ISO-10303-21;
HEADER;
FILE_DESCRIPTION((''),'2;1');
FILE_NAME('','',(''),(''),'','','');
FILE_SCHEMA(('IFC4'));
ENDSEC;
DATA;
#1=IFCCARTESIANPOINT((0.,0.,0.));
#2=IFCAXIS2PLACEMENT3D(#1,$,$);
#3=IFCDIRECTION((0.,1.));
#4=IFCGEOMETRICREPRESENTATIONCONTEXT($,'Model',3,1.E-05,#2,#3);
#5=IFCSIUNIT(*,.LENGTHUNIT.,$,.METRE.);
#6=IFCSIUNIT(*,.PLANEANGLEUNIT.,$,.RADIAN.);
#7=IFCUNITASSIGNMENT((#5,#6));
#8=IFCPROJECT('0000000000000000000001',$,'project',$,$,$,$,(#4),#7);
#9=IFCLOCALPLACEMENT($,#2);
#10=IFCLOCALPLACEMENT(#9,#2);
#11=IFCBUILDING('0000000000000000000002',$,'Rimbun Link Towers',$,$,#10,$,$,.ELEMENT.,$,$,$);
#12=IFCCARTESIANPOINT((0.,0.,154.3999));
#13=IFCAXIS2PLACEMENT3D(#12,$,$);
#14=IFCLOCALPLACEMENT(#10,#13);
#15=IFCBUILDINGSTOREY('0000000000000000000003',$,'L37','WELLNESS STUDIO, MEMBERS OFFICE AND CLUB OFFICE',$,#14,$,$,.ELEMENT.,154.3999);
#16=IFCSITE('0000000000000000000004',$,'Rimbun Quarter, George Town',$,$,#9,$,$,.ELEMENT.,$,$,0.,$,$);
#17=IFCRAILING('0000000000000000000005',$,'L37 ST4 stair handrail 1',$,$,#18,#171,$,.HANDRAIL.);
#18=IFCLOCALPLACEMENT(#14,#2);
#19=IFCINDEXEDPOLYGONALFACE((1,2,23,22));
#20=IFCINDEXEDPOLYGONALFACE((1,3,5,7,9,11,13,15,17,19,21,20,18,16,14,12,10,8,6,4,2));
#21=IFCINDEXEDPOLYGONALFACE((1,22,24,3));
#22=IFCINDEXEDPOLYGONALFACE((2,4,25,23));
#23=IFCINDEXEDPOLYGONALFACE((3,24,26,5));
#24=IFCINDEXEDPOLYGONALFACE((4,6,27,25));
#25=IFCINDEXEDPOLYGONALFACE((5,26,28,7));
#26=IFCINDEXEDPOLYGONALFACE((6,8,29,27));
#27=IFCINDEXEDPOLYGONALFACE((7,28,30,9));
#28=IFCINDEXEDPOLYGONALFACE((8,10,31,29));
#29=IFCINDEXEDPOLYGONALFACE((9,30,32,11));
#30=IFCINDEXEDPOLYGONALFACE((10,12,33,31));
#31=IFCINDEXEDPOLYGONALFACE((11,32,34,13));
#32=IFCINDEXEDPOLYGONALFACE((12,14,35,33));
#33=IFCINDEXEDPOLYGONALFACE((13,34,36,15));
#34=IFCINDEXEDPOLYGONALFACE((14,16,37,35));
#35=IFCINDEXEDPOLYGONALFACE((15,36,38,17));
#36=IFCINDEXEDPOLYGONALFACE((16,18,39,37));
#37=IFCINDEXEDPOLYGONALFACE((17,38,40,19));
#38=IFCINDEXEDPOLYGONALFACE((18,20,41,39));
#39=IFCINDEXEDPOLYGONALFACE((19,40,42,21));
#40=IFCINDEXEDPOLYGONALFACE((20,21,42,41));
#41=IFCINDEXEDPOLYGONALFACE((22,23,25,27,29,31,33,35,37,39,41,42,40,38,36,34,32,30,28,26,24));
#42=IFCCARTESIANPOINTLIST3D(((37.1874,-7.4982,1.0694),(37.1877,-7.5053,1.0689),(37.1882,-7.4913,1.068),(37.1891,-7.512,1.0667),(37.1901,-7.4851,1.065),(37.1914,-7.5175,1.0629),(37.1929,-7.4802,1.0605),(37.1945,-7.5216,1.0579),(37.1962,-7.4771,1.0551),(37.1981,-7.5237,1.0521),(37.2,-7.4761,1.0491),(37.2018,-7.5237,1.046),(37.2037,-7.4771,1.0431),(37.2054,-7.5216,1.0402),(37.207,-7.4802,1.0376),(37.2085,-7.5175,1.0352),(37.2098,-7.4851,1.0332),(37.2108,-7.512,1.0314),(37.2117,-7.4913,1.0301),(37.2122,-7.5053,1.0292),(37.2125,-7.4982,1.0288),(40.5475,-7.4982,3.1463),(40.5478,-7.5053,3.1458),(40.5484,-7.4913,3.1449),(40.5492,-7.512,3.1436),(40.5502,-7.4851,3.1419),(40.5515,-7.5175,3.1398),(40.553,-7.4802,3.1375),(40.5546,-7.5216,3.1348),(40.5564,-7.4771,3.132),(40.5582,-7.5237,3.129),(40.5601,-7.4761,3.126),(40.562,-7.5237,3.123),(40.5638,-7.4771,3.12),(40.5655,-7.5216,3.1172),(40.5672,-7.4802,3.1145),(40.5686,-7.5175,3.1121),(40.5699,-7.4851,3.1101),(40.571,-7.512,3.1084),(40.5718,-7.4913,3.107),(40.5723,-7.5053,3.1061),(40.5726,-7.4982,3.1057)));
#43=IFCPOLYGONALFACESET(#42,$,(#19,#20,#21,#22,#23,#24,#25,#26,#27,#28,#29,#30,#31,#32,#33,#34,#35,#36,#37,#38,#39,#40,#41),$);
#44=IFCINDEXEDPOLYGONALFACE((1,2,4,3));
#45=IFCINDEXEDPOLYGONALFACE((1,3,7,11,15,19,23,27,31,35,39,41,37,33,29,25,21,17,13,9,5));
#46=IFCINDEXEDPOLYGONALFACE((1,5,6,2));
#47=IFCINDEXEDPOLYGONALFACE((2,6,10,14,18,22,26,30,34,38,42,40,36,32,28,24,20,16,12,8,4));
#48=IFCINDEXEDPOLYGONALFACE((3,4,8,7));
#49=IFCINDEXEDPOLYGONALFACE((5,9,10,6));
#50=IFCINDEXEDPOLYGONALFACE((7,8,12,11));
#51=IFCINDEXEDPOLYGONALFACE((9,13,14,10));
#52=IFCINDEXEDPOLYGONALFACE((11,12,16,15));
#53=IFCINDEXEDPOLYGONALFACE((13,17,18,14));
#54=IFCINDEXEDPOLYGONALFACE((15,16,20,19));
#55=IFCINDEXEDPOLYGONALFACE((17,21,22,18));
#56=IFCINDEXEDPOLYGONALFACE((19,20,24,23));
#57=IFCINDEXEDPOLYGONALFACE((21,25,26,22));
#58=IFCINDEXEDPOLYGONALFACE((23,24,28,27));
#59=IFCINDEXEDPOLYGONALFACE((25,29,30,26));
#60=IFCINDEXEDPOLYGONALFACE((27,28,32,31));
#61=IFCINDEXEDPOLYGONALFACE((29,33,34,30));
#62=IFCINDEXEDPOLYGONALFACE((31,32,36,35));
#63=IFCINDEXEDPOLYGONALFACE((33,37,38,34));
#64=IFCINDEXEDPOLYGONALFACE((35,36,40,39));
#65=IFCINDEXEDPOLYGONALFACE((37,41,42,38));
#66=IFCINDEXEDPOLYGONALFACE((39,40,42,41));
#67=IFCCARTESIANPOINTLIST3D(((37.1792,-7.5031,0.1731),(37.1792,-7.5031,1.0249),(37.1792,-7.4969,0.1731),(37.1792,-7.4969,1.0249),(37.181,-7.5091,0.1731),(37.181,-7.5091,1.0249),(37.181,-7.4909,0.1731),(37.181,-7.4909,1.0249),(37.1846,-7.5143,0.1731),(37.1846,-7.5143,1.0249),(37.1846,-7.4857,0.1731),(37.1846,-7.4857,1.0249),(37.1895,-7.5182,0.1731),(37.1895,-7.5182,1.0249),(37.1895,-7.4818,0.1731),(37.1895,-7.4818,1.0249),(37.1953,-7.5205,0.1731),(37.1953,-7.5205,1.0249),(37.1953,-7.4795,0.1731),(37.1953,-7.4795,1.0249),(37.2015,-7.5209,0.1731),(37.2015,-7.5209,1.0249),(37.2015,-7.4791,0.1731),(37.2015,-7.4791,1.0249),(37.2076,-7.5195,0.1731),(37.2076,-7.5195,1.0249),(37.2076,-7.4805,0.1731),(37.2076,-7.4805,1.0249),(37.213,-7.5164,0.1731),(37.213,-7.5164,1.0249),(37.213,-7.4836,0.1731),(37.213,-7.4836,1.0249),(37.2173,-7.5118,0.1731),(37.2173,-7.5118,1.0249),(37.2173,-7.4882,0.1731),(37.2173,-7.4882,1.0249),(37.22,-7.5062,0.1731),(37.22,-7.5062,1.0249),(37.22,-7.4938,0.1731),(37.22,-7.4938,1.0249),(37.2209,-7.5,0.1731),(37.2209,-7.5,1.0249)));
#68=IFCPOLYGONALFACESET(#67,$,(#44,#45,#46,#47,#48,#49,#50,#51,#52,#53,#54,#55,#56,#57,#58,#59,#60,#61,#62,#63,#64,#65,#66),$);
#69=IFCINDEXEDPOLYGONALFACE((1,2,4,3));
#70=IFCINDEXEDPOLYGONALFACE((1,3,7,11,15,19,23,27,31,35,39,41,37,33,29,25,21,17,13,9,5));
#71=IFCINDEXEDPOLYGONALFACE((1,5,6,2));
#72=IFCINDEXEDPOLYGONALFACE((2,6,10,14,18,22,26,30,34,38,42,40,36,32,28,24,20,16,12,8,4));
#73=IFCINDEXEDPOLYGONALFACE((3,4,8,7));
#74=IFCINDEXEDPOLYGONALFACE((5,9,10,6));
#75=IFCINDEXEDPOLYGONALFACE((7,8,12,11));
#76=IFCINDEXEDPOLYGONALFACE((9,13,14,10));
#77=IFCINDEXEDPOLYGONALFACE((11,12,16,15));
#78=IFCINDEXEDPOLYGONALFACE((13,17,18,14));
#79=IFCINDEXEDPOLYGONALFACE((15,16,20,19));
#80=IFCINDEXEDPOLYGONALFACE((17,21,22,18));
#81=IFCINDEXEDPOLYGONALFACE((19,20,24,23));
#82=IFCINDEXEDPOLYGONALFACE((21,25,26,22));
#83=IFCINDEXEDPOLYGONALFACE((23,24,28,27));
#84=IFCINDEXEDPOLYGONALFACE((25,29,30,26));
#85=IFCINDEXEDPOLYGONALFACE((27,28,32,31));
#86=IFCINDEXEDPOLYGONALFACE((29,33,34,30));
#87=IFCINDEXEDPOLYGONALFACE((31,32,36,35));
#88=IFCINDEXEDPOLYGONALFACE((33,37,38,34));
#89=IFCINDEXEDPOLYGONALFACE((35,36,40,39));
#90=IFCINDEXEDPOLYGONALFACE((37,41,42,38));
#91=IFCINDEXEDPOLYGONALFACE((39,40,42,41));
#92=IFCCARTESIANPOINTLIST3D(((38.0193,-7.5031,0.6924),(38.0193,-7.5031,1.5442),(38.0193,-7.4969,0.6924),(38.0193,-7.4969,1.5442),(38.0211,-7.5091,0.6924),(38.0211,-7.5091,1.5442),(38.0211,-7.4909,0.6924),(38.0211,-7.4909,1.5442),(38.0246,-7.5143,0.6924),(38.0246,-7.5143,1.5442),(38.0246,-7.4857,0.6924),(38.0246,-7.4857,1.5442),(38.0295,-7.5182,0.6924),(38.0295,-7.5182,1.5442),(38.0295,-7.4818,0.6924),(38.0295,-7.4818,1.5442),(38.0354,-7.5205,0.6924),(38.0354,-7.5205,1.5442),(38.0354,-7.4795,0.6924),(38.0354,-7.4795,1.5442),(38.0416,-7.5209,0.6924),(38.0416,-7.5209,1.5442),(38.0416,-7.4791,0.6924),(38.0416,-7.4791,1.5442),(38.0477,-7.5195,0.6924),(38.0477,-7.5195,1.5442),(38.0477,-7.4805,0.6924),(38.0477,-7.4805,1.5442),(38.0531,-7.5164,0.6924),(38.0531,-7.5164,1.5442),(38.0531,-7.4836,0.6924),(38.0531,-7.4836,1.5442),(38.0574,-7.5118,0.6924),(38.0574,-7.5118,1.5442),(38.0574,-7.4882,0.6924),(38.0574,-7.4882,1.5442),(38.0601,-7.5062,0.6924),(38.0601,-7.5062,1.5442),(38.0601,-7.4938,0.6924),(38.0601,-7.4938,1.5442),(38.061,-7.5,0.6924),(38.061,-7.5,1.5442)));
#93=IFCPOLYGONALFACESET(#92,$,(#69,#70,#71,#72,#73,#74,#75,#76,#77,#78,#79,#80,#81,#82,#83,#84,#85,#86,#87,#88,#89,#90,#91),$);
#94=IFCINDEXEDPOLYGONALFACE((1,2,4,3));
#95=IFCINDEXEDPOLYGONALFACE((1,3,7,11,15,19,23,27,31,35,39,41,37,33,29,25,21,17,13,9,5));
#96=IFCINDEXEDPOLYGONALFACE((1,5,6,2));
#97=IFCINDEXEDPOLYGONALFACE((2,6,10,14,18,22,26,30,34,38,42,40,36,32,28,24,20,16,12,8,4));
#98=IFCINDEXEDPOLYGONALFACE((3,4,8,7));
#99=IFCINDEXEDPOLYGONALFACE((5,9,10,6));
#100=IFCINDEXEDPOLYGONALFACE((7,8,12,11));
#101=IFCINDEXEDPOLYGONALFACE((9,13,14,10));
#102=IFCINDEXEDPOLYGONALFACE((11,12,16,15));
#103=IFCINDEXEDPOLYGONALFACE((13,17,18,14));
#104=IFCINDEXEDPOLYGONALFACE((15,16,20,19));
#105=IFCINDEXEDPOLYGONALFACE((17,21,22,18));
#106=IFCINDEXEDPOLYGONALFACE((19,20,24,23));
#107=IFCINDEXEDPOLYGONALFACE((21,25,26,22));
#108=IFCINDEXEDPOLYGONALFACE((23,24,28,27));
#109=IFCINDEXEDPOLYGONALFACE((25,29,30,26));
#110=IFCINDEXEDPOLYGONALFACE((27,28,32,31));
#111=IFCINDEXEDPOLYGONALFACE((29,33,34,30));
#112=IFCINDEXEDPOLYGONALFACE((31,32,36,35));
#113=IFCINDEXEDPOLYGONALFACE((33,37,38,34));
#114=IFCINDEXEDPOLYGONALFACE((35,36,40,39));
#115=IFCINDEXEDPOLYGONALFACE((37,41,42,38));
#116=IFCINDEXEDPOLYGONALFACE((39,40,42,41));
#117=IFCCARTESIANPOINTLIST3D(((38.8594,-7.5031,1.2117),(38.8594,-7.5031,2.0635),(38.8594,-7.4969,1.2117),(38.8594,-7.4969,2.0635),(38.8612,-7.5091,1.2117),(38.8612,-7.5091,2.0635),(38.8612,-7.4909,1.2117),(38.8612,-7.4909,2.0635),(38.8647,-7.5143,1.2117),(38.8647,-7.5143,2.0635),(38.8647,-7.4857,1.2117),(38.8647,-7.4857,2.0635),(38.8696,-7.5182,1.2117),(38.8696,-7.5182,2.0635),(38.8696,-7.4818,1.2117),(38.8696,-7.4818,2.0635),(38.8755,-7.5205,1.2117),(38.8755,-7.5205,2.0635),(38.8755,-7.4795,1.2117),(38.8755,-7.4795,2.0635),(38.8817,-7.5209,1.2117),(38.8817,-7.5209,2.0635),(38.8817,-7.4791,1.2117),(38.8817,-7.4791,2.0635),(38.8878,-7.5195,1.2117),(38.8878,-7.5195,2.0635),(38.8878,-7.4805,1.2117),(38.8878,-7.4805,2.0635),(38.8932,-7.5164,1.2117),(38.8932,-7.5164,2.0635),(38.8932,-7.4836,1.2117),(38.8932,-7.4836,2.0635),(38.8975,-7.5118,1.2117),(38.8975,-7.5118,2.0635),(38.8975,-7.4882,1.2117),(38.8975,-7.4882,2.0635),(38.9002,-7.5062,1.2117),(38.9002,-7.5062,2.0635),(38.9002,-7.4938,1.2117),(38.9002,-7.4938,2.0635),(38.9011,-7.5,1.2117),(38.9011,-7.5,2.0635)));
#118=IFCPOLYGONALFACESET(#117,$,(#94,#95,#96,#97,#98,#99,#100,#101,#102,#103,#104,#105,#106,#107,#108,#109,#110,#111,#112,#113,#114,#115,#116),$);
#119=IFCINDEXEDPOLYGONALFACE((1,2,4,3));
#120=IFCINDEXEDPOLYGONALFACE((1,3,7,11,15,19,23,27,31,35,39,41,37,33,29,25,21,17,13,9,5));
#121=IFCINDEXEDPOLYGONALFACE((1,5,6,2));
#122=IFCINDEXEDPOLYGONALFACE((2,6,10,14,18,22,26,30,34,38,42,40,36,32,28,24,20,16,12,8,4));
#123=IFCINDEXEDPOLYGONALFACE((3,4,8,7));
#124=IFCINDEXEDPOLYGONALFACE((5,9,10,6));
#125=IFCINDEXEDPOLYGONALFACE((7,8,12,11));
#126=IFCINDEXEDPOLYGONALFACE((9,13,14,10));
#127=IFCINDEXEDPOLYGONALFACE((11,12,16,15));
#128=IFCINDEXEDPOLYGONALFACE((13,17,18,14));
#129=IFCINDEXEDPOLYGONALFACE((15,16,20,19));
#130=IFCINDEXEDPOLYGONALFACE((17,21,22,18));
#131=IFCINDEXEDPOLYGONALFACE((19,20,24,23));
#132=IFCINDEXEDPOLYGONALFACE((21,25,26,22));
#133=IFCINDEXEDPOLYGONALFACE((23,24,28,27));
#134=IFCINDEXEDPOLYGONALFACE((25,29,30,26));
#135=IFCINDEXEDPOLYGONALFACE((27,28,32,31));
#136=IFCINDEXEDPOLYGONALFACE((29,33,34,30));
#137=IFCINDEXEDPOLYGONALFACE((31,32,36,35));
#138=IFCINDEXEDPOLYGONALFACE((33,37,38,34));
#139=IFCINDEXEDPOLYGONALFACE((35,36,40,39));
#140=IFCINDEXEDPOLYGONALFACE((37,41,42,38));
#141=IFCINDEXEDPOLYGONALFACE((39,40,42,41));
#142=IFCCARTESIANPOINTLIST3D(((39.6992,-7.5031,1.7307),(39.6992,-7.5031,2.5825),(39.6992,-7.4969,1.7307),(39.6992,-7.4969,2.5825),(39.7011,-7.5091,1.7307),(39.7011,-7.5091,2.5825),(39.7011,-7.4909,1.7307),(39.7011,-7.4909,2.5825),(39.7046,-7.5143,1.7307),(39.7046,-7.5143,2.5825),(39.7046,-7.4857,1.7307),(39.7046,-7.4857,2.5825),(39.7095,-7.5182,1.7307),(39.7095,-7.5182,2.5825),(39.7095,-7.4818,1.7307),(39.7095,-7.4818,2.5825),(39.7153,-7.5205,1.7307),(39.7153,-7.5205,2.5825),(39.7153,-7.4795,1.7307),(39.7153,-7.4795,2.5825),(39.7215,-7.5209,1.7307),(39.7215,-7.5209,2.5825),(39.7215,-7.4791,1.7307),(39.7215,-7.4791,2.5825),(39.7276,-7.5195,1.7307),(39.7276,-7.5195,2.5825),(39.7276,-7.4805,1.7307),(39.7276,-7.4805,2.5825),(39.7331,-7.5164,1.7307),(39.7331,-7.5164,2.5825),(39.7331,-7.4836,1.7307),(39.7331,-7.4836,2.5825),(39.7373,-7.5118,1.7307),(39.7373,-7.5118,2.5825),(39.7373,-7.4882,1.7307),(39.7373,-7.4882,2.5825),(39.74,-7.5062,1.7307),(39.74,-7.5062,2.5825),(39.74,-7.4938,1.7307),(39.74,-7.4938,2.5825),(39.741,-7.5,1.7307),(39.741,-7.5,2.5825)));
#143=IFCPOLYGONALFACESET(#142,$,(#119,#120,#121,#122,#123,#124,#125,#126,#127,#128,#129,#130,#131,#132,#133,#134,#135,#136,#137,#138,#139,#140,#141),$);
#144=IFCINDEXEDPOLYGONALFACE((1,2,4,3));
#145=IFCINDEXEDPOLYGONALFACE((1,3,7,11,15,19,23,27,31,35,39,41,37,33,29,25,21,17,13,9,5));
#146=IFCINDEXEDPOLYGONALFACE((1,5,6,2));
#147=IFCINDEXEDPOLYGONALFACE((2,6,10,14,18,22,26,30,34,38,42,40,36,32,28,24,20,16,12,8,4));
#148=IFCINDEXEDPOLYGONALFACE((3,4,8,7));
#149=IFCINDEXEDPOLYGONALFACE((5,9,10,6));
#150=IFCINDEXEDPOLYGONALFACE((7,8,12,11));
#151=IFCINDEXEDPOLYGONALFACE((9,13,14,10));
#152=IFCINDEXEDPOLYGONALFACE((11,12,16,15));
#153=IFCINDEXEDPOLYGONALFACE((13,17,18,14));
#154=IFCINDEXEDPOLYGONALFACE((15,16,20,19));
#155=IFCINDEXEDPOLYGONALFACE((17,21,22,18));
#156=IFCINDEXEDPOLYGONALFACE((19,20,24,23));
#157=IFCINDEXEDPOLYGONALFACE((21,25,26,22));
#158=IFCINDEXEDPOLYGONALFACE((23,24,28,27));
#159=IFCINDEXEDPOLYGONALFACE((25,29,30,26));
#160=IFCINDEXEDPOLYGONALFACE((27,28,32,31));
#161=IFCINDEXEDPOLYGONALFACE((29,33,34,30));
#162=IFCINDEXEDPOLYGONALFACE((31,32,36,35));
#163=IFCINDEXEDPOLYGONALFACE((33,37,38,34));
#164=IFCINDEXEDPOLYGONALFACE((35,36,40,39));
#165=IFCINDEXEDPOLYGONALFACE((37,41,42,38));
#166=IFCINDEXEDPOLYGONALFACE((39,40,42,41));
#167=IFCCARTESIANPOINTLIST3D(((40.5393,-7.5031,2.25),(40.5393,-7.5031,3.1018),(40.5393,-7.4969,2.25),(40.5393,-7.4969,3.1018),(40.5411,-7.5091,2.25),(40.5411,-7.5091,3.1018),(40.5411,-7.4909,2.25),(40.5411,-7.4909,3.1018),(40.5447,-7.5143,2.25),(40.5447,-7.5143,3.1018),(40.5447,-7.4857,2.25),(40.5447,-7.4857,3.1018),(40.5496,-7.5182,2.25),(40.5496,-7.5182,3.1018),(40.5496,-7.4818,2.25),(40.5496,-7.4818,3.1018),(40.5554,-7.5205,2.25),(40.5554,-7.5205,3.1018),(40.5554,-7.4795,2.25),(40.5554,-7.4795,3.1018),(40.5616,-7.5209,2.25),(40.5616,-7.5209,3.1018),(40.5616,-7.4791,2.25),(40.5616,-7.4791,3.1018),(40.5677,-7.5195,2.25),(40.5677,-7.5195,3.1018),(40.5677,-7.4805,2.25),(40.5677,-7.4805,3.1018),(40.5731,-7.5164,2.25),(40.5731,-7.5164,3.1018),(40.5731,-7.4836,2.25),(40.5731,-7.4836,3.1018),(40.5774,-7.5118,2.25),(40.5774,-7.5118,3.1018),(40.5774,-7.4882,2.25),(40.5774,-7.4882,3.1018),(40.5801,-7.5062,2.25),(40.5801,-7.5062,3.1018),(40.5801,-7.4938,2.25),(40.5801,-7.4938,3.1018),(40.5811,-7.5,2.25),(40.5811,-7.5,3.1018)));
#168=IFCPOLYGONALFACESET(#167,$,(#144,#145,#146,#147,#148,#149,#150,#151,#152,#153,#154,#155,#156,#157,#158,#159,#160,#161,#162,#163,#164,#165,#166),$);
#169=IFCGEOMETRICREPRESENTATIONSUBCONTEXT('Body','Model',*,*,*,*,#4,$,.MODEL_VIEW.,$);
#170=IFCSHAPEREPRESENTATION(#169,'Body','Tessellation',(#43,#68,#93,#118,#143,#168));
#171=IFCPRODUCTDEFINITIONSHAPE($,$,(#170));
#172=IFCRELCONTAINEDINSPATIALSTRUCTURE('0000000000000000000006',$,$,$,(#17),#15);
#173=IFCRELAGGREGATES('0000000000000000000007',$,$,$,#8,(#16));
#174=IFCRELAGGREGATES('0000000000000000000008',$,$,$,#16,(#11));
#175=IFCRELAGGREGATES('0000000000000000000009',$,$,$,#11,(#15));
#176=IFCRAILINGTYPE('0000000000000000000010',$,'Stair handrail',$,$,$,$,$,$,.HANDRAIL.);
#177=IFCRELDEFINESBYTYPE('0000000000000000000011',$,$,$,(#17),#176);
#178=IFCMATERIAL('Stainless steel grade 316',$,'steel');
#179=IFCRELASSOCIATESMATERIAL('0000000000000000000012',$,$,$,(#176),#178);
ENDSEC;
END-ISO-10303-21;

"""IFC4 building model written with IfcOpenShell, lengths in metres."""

from ifc_helpers import new_model, si_unit, direction, frame, origin, origin_2d, place, context, subcontext, project, spatial, circle, extrude, material, type_object, element, save


model = new_model("IFC4")

# Units and contexts
model_context = context("Model", 3, precision=1e-05, world=origin(), true_north=direction((0.0, 1.0)))
body_context = subcontext(model_context, "Body", "Model", "MODEL_VIEW")
ifc_project = project(units=[si_unit("LENGTHUNIT", "METRE"), si_unit("PLANEANGLEUNIT", "RADIAN")], contexts=[model_context])

# Site, building, storey
site_placement = place(None, origin())
site = spatial("IfcSite", under=ifc_project, at=site_placement, Name="Rimbun Quarter, George Town", CompositionType="ELEMENT", RefElevation=0.0)
building_placement = place(site_placement, origin())
building = spatial("IfcBuilding", under=site, at=building_placement, Name="Rimbun Link Towers", CompositionType="ELEMENT")
storey_placement = place(building_placement, frame((0.0, 0.0, 154.3999)))
storey = spatial("IfcBuildingStorey", under=building, at=storey_placement, Name="L37", Description="WELLNESS STUDIO, MEMBERS OFFICE AND CLUB OFFICE", CompositionType="ELEMENT", Elevation=154.3999)

# Railing
ifc_material_1 = material(Name="Stainless steel grade 316", Category="steel")
railing_type_1 = type_object("IfcRailingType", Name="Stair handrail", PredefinedType="HANDRAIL", material=ifc_material_1)
railing_1_placement = place(storey_placement, frame((37.2, -7.5, 0.1731)))
element("IfcRailing", 1, at=railing_1_placement, inside=storey, type_object=railing_type_1, Name="L37 ST4 stair handrail 1", PredefinedType="HANDRAIL", context=body_context, shape_type="SweptSolid", body=[
    extrude(circle(Radius=0.0239, at=origin_2d()), frame((0.0, 0.0, 0.876), z_axis=(0.850623, 0.0, 0.525776), x_axis=(0.0, 1.0, 0.0)), (0.0, 0.0, 1.0), 3.9502),
    extrude(circle(Radius=0.021, at=origin_2d()), origin(), (0.0, 0.0, 1.0), 0.8518),
    extrude(circle(Radius=0.021, at=origin_2d()), frame((0.8401, 0.0, 0.5193)), (0.0, 0.0, 1.0), 0.8518),
    extrude(circle(Radius=0.021, at=origin_2d()), frame((1.6802, 0.0, 1.0386)), (0.0, 0.0, 1.0), 0.8518),
    extrude(circle(Radius=0.021, at=origin_2d()), frame((2.52, 0.0, 1.5576)), (0.0, 0.0, 1.0), 0.8518),
    extrude(circle(Radius=0.021, at=origin_2d()), frame((3.3601, 0.0, 2.0769)), (0.0, 0.0, 1.0), 0.8518),
])

save(model, "model.ifc")
